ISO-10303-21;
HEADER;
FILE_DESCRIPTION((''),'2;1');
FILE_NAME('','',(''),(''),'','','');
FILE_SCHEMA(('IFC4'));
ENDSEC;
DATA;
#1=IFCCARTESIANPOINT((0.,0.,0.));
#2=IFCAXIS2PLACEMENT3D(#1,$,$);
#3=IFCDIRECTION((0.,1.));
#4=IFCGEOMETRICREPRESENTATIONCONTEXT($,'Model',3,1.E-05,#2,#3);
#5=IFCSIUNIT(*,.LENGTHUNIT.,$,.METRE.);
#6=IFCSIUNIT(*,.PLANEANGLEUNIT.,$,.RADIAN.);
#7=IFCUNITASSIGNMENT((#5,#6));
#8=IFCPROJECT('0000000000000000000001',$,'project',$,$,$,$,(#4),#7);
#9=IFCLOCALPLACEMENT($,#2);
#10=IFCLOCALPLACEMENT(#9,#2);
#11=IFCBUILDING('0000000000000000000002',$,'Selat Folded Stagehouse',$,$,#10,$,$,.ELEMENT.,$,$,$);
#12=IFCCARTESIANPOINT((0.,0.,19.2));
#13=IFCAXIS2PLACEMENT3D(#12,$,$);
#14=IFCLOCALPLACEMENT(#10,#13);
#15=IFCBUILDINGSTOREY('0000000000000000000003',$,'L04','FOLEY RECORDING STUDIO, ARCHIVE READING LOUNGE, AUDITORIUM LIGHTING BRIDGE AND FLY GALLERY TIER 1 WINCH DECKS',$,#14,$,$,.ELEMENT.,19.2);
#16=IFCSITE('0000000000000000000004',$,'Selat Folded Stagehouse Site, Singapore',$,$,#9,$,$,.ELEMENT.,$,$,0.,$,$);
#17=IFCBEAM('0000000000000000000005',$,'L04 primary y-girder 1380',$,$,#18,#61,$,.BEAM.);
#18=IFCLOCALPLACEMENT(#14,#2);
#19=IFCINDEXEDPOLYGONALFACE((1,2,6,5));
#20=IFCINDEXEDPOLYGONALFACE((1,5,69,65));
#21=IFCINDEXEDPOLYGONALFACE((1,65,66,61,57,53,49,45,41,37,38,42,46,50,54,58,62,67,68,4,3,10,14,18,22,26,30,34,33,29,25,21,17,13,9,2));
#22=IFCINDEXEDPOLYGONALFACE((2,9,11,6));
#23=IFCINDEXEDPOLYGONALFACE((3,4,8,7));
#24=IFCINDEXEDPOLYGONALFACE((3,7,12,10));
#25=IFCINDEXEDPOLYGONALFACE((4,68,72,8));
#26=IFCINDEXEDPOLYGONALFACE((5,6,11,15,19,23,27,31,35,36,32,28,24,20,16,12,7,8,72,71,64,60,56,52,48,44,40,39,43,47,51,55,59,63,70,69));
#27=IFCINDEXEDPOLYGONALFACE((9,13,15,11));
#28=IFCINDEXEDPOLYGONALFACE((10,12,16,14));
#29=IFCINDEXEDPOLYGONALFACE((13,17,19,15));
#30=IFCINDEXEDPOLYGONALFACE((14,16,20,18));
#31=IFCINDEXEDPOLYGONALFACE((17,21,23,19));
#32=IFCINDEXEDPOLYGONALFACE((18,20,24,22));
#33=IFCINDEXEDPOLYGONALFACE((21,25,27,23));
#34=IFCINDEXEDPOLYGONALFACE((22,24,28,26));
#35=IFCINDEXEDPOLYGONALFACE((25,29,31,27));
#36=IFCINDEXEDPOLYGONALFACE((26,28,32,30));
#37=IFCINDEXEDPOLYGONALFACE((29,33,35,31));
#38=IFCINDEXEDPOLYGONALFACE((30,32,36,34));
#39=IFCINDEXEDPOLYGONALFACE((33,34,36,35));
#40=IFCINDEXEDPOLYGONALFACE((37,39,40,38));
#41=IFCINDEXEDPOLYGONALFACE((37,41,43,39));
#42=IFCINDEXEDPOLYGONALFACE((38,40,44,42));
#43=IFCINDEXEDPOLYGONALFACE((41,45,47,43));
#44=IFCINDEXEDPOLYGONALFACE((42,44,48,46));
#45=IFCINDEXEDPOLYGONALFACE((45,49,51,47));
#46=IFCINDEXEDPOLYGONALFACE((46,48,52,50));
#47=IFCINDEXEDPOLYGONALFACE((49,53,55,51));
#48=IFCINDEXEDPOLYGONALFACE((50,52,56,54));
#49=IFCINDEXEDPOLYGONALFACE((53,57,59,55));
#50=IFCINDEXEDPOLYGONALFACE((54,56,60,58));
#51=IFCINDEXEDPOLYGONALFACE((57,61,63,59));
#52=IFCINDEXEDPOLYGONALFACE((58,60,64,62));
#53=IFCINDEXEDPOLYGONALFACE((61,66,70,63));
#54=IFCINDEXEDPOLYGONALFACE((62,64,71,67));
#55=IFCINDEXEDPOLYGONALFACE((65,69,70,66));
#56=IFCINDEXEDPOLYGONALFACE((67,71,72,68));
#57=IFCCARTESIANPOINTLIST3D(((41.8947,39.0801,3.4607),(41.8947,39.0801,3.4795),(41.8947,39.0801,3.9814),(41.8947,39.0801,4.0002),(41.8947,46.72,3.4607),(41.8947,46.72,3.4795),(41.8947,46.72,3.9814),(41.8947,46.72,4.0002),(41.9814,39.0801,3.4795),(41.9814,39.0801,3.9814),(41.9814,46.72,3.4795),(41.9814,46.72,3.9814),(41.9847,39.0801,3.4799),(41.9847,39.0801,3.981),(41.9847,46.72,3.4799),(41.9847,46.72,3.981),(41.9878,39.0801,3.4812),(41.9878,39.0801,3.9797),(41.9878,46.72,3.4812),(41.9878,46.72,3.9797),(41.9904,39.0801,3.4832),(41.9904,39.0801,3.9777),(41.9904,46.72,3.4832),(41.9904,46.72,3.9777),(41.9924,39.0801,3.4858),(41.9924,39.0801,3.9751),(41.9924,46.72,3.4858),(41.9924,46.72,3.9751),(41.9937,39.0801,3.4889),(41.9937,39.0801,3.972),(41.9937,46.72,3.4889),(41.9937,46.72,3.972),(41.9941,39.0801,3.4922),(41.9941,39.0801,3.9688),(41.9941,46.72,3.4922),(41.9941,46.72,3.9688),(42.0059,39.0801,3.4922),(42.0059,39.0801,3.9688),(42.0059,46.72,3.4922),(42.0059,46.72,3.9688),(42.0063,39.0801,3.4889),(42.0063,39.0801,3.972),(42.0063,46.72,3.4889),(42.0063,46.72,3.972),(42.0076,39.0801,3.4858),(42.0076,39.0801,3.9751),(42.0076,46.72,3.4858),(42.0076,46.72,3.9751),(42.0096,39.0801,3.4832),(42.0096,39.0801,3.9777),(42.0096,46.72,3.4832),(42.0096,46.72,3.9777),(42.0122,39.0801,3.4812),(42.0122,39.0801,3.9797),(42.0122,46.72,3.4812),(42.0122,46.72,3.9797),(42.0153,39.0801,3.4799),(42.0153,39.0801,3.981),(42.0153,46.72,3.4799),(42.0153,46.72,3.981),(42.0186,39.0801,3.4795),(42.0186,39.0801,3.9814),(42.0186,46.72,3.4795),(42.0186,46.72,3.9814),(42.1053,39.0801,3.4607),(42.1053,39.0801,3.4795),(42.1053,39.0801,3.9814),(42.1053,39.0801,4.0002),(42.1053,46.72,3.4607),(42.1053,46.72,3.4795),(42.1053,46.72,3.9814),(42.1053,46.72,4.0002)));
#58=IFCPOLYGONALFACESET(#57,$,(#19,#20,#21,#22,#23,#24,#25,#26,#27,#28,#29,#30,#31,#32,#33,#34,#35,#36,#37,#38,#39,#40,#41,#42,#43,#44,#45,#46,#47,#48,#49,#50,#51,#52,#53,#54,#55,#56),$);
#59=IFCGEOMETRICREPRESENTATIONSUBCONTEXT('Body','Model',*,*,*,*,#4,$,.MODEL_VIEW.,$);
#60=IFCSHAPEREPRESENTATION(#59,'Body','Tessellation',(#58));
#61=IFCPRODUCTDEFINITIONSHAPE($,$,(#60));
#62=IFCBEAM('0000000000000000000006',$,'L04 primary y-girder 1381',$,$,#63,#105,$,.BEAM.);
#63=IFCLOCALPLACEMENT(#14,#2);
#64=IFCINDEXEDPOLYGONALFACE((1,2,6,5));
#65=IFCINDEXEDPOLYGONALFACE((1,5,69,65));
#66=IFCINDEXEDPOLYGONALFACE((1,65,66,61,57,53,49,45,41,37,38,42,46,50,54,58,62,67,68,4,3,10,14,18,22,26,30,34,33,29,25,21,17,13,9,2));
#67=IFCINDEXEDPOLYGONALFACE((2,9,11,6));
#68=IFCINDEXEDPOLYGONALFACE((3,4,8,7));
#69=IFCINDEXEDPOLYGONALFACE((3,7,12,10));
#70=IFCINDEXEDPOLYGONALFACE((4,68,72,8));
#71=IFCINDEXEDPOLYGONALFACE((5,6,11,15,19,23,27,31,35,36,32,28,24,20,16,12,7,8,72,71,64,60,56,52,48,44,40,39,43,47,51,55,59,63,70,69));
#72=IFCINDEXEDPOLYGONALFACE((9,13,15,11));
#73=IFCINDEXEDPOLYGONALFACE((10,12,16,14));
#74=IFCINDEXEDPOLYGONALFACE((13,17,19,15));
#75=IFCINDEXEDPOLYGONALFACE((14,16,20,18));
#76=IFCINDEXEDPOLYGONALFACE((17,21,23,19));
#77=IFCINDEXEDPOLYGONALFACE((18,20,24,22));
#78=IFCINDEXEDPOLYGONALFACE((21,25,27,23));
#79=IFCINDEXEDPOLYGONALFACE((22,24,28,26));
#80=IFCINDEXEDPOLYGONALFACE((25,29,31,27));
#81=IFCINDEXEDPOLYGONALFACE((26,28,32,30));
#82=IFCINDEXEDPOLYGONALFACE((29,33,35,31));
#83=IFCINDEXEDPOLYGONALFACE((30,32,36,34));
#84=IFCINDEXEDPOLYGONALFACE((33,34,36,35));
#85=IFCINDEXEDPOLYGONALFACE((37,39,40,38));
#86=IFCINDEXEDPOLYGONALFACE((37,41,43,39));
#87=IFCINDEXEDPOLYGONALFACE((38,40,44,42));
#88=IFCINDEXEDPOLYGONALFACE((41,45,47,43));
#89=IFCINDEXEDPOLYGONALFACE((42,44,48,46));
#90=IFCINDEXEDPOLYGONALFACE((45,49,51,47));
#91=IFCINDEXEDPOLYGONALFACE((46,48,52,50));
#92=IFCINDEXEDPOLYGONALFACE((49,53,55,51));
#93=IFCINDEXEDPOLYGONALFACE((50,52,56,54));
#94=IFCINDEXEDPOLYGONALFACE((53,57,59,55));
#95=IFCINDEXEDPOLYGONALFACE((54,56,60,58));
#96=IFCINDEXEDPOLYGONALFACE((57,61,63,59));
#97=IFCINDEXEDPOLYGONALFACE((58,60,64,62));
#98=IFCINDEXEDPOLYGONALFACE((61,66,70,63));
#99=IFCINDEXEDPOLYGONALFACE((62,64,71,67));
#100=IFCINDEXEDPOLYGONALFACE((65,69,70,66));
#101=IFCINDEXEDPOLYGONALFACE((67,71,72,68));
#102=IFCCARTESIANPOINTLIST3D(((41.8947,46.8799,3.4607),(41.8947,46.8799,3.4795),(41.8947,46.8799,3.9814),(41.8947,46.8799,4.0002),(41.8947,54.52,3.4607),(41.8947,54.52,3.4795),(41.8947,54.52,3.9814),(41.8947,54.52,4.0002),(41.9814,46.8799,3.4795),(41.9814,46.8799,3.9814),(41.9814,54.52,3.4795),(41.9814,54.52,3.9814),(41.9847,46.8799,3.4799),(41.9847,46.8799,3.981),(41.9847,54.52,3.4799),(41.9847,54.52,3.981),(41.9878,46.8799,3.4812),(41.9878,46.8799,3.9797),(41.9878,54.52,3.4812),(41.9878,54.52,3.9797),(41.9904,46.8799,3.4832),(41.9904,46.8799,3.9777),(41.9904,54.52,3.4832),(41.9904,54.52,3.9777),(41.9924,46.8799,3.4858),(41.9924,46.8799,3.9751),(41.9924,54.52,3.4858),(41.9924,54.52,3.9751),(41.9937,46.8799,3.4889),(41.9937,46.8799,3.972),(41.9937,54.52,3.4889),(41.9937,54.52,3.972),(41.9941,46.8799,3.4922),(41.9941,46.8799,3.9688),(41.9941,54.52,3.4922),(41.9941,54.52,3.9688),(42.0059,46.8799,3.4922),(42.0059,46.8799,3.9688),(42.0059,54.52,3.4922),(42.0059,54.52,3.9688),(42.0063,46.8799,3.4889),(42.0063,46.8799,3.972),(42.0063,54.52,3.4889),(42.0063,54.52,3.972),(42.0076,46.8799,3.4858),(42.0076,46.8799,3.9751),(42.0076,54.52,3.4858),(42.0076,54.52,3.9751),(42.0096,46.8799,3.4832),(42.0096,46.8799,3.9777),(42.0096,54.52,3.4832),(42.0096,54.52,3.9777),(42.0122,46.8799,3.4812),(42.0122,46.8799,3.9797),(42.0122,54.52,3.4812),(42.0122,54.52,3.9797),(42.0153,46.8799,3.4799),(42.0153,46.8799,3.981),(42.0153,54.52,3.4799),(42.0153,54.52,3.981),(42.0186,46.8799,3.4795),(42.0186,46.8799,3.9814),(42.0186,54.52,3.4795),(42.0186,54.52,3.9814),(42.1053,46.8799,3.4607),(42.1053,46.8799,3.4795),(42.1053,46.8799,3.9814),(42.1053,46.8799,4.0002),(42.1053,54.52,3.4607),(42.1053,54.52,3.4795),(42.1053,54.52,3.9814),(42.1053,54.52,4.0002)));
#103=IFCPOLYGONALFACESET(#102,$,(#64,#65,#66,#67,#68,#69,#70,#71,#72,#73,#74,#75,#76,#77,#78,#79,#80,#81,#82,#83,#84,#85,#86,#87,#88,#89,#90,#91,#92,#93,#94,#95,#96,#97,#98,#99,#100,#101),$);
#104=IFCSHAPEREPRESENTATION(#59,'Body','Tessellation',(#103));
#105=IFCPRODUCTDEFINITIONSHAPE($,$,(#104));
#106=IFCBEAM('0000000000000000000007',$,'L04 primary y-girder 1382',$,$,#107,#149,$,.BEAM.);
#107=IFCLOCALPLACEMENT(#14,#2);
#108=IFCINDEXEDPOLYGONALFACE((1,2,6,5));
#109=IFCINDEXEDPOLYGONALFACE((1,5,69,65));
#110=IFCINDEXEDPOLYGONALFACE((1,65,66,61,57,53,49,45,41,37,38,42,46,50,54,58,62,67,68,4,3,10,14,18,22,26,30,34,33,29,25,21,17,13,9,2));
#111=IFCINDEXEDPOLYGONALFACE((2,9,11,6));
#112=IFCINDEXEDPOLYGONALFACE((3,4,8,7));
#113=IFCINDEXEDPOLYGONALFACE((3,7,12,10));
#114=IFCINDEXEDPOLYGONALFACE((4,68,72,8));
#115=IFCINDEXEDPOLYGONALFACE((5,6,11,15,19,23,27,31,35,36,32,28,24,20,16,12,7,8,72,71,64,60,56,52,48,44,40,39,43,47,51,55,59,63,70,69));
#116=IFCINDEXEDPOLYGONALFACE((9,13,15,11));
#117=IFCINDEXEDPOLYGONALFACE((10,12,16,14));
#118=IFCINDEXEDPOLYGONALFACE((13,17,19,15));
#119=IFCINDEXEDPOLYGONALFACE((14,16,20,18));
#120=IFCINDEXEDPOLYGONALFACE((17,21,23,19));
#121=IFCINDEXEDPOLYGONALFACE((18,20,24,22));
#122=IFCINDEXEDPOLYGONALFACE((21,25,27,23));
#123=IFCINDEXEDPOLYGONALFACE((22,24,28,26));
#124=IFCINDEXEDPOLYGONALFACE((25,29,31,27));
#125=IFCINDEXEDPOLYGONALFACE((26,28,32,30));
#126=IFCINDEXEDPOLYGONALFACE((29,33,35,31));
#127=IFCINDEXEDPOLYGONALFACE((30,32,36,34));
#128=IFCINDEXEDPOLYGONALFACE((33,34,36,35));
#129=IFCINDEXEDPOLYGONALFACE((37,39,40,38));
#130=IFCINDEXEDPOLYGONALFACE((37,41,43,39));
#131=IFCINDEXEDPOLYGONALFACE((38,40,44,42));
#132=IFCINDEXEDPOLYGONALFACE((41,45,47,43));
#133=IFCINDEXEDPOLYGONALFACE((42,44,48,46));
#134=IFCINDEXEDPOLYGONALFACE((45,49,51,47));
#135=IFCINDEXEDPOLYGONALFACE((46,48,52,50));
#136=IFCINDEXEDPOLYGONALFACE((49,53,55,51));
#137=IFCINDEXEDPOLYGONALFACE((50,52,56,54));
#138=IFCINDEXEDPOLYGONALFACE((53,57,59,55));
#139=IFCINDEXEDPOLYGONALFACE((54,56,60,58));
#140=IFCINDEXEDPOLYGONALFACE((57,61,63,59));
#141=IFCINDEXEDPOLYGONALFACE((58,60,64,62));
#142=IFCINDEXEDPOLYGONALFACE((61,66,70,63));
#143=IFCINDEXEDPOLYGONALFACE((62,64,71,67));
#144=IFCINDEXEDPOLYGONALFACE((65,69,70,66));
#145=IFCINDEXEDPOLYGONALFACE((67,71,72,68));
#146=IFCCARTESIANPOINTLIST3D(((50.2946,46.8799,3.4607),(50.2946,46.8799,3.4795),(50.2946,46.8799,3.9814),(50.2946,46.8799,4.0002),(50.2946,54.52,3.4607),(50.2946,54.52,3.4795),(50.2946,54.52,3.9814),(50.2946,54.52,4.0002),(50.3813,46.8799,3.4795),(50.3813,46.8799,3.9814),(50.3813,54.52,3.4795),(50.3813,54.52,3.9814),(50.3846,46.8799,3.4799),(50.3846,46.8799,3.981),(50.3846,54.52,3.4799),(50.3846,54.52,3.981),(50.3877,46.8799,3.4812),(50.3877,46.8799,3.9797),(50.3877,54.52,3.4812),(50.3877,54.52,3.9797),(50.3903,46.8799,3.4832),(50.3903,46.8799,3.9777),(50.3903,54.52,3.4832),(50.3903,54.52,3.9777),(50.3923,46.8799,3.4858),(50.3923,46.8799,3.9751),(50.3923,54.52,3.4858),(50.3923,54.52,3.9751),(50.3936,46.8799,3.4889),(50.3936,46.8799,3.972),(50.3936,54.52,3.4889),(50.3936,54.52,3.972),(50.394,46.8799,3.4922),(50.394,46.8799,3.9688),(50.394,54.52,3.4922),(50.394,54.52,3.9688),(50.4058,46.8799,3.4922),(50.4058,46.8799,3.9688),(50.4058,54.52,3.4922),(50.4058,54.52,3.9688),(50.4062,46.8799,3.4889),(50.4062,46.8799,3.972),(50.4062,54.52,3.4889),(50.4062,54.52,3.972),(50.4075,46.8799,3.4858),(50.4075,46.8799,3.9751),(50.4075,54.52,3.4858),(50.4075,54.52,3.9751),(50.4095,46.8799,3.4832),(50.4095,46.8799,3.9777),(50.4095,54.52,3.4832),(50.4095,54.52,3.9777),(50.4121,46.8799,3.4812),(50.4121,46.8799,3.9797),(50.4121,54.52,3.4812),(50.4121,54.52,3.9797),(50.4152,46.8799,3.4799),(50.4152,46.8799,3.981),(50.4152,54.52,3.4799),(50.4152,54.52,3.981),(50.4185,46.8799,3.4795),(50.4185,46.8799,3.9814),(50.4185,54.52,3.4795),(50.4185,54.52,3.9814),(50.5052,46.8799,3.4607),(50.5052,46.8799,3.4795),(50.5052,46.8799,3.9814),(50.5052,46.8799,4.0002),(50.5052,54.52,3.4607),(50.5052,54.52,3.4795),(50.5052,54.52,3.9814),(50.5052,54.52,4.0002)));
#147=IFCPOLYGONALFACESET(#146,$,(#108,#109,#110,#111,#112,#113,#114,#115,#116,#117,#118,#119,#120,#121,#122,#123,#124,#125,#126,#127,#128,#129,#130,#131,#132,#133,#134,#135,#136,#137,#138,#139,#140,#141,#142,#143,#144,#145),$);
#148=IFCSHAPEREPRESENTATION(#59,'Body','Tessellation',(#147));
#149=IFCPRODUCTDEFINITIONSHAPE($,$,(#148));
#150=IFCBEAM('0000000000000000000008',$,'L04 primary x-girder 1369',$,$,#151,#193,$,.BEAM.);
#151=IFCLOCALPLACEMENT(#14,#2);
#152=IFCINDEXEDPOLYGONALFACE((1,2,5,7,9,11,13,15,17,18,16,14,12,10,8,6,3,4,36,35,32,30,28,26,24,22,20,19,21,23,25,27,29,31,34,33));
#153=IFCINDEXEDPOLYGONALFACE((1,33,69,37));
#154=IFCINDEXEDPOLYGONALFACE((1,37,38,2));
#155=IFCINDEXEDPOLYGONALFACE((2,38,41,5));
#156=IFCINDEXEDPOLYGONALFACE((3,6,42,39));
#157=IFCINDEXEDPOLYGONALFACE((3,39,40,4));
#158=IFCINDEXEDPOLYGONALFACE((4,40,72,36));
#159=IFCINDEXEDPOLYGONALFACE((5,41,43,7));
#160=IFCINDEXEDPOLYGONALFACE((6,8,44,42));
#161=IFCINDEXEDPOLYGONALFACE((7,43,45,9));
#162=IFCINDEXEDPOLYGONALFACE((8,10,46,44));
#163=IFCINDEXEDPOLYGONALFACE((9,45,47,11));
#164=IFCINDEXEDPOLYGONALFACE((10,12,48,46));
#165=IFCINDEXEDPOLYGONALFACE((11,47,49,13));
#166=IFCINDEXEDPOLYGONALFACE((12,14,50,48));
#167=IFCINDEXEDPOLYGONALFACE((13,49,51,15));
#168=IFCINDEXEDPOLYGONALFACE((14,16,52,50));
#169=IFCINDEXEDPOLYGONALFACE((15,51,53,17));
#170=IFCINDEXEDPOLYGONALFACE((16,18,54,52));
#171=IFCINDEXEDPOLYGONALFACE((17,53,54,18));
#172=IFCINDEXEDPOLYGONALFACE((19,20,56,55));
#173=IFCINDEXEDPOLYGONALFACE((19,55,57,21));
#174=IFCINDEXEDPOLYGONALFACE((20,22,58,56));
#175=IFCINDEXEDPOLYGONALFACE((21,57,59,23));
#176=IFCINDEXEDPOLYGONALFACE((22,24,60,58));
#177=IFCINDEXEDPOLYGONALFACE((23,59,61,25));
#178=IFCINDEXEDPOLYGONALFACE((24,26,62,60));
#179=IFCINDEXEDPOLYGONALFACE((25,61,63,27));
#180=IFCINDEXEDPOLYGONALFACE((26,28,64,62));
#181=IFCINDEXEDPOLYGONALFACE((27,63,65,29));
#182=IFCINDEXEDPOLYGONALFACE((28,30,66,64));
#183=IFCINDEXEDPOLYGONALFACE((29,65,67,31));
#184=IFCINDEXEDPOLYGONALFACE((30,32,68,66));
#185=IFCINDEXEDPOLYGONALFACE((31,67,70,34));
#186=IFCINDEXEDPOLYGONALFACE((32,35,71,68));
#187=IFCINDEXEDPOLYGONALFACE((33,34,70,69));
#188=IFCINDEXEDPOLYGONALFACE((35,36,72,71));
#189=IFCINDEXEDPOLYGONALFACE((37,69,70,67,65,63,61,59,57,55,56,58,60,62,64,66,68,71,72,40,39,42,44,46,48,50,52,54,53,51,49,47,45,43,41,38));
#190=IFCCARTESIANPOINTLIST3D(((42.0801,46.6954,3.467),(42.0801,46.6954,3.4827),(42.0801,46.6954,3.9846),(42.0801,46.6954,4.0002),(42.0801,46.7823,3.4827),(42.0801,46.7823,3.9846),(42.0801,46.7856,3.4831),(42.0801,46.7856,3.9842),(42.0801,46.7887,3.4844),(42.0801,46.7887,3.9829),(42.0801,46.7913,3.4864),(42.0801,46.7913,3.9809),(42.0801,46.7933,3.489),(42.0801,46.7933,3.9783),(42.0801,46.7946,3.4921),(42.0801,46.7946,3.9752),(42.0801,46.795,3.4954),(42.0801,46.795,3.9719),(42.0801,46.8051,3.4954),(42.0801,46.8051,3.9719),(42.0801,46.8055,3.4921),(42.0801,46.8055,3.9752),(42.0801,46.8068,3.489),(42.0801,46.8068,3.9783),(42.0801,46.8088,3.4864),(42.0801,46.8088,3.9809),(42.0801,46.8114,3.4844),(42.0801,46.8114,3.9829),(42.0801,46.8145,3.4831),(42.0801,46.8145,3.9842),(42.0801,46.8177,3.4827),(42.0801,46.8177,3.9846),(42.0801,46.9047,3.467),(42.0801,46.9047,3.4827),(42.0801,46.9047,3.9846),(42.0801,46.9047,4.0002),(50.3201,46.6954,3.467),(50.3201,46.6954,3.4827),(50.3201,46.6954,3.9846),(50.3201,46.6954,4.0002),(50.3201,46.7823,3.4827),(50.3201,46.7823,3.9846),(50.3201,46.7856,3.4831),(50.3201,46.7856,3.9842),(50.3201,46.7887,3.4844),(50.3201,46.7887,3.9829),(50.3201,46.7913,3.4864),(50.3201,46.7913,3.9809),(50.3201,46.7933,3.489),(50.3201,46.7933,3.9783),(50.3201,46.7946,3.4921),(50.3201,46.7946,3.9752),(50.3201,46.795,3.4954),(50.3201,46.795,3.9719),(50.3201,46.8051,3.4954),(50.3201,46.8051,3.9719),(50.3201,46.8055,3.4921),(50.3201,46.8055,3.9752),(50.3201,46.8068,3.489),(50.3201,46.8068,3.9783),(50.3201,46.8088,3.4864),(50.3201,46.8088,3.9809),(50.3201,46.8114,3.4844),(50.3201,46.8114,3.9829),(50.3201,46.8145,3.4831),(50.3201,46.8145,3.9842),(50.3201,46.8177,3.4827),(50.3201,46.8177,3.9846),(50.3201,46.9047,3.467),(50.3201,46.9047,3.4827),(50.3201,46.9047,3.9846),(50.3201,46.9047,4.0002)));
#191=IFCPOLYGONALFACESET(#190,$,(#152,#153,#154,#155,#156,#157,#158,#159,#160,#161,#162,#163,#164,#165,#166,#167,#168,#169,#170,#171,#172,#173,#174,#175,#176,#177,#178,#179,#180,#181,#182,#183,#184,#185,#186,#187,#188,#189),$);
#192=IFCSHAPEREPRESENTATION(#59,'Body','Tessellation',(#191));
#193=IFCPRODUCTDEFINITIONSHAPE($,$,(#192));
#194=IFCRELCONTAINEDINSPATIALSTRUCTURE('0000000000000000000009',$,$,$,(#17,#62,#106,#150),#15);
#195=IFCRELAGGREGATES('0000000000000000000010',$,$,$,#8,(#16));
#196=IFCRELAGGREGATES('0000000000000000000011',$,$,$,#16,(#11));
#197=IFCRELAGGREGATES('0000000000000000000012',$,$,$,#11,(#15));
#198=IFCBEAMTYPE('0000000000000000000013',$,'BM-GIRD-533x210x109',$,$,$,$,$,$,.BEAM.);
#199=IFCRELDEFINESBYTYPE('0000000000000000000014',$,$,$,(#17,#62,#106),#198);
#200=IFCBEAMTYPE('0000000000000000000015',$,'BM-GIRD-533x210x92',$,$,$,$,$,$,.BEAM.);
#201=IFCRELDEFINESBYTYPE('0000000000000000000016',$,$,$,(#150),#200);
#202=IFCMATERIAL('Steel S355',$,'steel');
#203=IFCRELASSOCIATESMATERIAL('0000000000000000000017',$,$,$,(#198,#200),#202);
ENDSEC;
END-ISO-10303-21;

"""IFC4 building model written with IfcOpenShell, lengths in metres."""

from ifc_helpers import new_model, si_unit, direction, frame, origin, origin_2d, place, context, subcontext, project, spatial, i_section, extrude, material, material_profile, profile_set, type_object, element, save


model = new_model("IFC4")

# Units and contexts
model_context = context("Model", 3, precision=1e-05, world=origin(), true_north=direction((0.0, 1.0)))
body_context = subcontext(model_context, "Body", "Model", "MODEL_VIEW")
ifc_project = project(units=[si_unit("LENGTHUNIT", "METRE"), si_unit("PLANEANGLEUNIT", "RADIAN")], contexts=[model_context])

# Site, building, storey
site_placement = place(None, origin())
site = spatial("IfcSite", under=ifc_project, at=site_placement, Name="Selat Folded Stagehouse Site, Singapore", CompositionType="ELEMENT", RefElevation=0.0)
building_placement = place(site_placement, origin())
building = spatial("IfcBuilding", under=site, at=building_placement, Name="Selat Folded Stagehouse", CompositionType="ELEMENT")
storey_placement = place(building_placement, frame((0.0, 0.0, 19.2)))
storey = spatial("IfcBuildingStorey", under=building, at=storey_placement, Name="L04", Description="FOLEY RECORDING STUDIO, ARCHIVE READING LOUNGE, AUDITORIUM LIGHTING BRIDGE AND FLY GALLERY TIER 1 WINCH DECKS", CompositionType="ELEMENT", Elevation=19.2)

# Shared definitions
ifc_material_1 = material(Name="Steel S355", Category="steel")

# Beams
ifc_material_profile_1 = material_profile(ifc_material_1, i_section(OverallWidth=0.2107, OverallDepth=0.5396, WebThickness=0.0117, FlangeThickness=0.0188, FilletRadius=0.0127, at=origin_2d()), Name="UKB 533x210x109")
ifc_profile_set_1 = profile_set([ifc_material_profile_1], Name="Steel S355")
beam_type_1 = type_object("IfcBeamType", Name="BM-GIRD-533x210x109", PredefinedType="BEAM", material=ifc_profile_set_1)
beam_placement = place(storey_placement, frame((42.0, 39.0801, 3.7305), z_axis=(0.0, 1.0, 0.0), x_axis=(-1.0, 0.0, 0.0)))
element("IfcBeam", 1, at=beam_placement, inside=storey, type_object=beam_type_1, Name="L04 primary y-girder 1380", PredefinedType="BEAM", context=body_context, shape_type="SweptSolid", body=[
    extrude(i_section(OverallWidth=0.2107, OverallDepth=0.5396, WebThickness=0.0117, FlangeThickness=0.0188, FilletRadius=0.0127, at=origin_2d()), origin(), (0.0, 0.0, 1.0), 7.6399),
])
for number, where, z_axis, x_axis, name in (
    (2, (42.0, 46.8799, 3.7305), (0.0, 1.0, 0.0), (-1.0, 0.0, 0.0), "L04 primary y-girder 1381"),
    (3, (50.3999, 46.8799, 3.7305), (0.0, 1.0, 0.0), (-1.0, 0.0, 0.0), "L04 primary y-girder 1382"),
):
    element("IfcBeam", number, at=place(storey_placement, frame(where, z_axis=z_axis, x_axis=x_axis)), inside=storey, type_object=beam_type_1, Name=name, PredefinedType="BEAM", context=body_context, shape_type="SweptSolid", body=[
        extrude(i_section(OverallWidth=0.2107, OverallDepth=0.5396, WebThickness=0.0117, FlangeThickness=0.0188, FilletRadius=0.0127, at=origin_2d()), origin(), (0.0, 0.0, 1.0), 7.6401),
    ])
ifc_material_profile_2 = material_profile(ifc_material_1, i_section(OverallWidth=0.2092, OverallDepth=0.5332, WebThickness=0.01, FlangeThickness=0.0156, FilletRadius=0.0127, at=origin_2d()), Name="UKB 533x210x92")
ifc_profile_set_2 = profile_set([ifc_material_profile_2], Name="Steel S355")
beam_type_2 = type_object("IfcBeamType", Name="BM-GIRD-533x210x92", PredefinedType="BEAM", material=ifc_profile_set_2)
for number, where, z_axis, x_axis, name in (
    (4, (42.0801, 46.8, 3.7336), (1.0, 0.0, 0.0), (0.0, 1.0, 0.0), "L04 primary x-girder 1369"),
):
    element("IfcBeam", number, at=place(storey_placement, frame(where, z_axis=z_axis, x_axis=x_axis)), inside=storey, type_object=beam_type_2, Name=name, PredefinedType="BEAM", context=body_context, shape_type="SweptSolid", body=[
        extrude(i_section(OverallWidth=0.2092, OverallDepth=0.5332, WebThickness=0.01, FlangeThickness=0.0156, FilletRadius=0.0127, at=origin_2d()), origin(), (0.0, 0.0, 1.0), 8.24),
    ])

save(model, "model.ifc")
